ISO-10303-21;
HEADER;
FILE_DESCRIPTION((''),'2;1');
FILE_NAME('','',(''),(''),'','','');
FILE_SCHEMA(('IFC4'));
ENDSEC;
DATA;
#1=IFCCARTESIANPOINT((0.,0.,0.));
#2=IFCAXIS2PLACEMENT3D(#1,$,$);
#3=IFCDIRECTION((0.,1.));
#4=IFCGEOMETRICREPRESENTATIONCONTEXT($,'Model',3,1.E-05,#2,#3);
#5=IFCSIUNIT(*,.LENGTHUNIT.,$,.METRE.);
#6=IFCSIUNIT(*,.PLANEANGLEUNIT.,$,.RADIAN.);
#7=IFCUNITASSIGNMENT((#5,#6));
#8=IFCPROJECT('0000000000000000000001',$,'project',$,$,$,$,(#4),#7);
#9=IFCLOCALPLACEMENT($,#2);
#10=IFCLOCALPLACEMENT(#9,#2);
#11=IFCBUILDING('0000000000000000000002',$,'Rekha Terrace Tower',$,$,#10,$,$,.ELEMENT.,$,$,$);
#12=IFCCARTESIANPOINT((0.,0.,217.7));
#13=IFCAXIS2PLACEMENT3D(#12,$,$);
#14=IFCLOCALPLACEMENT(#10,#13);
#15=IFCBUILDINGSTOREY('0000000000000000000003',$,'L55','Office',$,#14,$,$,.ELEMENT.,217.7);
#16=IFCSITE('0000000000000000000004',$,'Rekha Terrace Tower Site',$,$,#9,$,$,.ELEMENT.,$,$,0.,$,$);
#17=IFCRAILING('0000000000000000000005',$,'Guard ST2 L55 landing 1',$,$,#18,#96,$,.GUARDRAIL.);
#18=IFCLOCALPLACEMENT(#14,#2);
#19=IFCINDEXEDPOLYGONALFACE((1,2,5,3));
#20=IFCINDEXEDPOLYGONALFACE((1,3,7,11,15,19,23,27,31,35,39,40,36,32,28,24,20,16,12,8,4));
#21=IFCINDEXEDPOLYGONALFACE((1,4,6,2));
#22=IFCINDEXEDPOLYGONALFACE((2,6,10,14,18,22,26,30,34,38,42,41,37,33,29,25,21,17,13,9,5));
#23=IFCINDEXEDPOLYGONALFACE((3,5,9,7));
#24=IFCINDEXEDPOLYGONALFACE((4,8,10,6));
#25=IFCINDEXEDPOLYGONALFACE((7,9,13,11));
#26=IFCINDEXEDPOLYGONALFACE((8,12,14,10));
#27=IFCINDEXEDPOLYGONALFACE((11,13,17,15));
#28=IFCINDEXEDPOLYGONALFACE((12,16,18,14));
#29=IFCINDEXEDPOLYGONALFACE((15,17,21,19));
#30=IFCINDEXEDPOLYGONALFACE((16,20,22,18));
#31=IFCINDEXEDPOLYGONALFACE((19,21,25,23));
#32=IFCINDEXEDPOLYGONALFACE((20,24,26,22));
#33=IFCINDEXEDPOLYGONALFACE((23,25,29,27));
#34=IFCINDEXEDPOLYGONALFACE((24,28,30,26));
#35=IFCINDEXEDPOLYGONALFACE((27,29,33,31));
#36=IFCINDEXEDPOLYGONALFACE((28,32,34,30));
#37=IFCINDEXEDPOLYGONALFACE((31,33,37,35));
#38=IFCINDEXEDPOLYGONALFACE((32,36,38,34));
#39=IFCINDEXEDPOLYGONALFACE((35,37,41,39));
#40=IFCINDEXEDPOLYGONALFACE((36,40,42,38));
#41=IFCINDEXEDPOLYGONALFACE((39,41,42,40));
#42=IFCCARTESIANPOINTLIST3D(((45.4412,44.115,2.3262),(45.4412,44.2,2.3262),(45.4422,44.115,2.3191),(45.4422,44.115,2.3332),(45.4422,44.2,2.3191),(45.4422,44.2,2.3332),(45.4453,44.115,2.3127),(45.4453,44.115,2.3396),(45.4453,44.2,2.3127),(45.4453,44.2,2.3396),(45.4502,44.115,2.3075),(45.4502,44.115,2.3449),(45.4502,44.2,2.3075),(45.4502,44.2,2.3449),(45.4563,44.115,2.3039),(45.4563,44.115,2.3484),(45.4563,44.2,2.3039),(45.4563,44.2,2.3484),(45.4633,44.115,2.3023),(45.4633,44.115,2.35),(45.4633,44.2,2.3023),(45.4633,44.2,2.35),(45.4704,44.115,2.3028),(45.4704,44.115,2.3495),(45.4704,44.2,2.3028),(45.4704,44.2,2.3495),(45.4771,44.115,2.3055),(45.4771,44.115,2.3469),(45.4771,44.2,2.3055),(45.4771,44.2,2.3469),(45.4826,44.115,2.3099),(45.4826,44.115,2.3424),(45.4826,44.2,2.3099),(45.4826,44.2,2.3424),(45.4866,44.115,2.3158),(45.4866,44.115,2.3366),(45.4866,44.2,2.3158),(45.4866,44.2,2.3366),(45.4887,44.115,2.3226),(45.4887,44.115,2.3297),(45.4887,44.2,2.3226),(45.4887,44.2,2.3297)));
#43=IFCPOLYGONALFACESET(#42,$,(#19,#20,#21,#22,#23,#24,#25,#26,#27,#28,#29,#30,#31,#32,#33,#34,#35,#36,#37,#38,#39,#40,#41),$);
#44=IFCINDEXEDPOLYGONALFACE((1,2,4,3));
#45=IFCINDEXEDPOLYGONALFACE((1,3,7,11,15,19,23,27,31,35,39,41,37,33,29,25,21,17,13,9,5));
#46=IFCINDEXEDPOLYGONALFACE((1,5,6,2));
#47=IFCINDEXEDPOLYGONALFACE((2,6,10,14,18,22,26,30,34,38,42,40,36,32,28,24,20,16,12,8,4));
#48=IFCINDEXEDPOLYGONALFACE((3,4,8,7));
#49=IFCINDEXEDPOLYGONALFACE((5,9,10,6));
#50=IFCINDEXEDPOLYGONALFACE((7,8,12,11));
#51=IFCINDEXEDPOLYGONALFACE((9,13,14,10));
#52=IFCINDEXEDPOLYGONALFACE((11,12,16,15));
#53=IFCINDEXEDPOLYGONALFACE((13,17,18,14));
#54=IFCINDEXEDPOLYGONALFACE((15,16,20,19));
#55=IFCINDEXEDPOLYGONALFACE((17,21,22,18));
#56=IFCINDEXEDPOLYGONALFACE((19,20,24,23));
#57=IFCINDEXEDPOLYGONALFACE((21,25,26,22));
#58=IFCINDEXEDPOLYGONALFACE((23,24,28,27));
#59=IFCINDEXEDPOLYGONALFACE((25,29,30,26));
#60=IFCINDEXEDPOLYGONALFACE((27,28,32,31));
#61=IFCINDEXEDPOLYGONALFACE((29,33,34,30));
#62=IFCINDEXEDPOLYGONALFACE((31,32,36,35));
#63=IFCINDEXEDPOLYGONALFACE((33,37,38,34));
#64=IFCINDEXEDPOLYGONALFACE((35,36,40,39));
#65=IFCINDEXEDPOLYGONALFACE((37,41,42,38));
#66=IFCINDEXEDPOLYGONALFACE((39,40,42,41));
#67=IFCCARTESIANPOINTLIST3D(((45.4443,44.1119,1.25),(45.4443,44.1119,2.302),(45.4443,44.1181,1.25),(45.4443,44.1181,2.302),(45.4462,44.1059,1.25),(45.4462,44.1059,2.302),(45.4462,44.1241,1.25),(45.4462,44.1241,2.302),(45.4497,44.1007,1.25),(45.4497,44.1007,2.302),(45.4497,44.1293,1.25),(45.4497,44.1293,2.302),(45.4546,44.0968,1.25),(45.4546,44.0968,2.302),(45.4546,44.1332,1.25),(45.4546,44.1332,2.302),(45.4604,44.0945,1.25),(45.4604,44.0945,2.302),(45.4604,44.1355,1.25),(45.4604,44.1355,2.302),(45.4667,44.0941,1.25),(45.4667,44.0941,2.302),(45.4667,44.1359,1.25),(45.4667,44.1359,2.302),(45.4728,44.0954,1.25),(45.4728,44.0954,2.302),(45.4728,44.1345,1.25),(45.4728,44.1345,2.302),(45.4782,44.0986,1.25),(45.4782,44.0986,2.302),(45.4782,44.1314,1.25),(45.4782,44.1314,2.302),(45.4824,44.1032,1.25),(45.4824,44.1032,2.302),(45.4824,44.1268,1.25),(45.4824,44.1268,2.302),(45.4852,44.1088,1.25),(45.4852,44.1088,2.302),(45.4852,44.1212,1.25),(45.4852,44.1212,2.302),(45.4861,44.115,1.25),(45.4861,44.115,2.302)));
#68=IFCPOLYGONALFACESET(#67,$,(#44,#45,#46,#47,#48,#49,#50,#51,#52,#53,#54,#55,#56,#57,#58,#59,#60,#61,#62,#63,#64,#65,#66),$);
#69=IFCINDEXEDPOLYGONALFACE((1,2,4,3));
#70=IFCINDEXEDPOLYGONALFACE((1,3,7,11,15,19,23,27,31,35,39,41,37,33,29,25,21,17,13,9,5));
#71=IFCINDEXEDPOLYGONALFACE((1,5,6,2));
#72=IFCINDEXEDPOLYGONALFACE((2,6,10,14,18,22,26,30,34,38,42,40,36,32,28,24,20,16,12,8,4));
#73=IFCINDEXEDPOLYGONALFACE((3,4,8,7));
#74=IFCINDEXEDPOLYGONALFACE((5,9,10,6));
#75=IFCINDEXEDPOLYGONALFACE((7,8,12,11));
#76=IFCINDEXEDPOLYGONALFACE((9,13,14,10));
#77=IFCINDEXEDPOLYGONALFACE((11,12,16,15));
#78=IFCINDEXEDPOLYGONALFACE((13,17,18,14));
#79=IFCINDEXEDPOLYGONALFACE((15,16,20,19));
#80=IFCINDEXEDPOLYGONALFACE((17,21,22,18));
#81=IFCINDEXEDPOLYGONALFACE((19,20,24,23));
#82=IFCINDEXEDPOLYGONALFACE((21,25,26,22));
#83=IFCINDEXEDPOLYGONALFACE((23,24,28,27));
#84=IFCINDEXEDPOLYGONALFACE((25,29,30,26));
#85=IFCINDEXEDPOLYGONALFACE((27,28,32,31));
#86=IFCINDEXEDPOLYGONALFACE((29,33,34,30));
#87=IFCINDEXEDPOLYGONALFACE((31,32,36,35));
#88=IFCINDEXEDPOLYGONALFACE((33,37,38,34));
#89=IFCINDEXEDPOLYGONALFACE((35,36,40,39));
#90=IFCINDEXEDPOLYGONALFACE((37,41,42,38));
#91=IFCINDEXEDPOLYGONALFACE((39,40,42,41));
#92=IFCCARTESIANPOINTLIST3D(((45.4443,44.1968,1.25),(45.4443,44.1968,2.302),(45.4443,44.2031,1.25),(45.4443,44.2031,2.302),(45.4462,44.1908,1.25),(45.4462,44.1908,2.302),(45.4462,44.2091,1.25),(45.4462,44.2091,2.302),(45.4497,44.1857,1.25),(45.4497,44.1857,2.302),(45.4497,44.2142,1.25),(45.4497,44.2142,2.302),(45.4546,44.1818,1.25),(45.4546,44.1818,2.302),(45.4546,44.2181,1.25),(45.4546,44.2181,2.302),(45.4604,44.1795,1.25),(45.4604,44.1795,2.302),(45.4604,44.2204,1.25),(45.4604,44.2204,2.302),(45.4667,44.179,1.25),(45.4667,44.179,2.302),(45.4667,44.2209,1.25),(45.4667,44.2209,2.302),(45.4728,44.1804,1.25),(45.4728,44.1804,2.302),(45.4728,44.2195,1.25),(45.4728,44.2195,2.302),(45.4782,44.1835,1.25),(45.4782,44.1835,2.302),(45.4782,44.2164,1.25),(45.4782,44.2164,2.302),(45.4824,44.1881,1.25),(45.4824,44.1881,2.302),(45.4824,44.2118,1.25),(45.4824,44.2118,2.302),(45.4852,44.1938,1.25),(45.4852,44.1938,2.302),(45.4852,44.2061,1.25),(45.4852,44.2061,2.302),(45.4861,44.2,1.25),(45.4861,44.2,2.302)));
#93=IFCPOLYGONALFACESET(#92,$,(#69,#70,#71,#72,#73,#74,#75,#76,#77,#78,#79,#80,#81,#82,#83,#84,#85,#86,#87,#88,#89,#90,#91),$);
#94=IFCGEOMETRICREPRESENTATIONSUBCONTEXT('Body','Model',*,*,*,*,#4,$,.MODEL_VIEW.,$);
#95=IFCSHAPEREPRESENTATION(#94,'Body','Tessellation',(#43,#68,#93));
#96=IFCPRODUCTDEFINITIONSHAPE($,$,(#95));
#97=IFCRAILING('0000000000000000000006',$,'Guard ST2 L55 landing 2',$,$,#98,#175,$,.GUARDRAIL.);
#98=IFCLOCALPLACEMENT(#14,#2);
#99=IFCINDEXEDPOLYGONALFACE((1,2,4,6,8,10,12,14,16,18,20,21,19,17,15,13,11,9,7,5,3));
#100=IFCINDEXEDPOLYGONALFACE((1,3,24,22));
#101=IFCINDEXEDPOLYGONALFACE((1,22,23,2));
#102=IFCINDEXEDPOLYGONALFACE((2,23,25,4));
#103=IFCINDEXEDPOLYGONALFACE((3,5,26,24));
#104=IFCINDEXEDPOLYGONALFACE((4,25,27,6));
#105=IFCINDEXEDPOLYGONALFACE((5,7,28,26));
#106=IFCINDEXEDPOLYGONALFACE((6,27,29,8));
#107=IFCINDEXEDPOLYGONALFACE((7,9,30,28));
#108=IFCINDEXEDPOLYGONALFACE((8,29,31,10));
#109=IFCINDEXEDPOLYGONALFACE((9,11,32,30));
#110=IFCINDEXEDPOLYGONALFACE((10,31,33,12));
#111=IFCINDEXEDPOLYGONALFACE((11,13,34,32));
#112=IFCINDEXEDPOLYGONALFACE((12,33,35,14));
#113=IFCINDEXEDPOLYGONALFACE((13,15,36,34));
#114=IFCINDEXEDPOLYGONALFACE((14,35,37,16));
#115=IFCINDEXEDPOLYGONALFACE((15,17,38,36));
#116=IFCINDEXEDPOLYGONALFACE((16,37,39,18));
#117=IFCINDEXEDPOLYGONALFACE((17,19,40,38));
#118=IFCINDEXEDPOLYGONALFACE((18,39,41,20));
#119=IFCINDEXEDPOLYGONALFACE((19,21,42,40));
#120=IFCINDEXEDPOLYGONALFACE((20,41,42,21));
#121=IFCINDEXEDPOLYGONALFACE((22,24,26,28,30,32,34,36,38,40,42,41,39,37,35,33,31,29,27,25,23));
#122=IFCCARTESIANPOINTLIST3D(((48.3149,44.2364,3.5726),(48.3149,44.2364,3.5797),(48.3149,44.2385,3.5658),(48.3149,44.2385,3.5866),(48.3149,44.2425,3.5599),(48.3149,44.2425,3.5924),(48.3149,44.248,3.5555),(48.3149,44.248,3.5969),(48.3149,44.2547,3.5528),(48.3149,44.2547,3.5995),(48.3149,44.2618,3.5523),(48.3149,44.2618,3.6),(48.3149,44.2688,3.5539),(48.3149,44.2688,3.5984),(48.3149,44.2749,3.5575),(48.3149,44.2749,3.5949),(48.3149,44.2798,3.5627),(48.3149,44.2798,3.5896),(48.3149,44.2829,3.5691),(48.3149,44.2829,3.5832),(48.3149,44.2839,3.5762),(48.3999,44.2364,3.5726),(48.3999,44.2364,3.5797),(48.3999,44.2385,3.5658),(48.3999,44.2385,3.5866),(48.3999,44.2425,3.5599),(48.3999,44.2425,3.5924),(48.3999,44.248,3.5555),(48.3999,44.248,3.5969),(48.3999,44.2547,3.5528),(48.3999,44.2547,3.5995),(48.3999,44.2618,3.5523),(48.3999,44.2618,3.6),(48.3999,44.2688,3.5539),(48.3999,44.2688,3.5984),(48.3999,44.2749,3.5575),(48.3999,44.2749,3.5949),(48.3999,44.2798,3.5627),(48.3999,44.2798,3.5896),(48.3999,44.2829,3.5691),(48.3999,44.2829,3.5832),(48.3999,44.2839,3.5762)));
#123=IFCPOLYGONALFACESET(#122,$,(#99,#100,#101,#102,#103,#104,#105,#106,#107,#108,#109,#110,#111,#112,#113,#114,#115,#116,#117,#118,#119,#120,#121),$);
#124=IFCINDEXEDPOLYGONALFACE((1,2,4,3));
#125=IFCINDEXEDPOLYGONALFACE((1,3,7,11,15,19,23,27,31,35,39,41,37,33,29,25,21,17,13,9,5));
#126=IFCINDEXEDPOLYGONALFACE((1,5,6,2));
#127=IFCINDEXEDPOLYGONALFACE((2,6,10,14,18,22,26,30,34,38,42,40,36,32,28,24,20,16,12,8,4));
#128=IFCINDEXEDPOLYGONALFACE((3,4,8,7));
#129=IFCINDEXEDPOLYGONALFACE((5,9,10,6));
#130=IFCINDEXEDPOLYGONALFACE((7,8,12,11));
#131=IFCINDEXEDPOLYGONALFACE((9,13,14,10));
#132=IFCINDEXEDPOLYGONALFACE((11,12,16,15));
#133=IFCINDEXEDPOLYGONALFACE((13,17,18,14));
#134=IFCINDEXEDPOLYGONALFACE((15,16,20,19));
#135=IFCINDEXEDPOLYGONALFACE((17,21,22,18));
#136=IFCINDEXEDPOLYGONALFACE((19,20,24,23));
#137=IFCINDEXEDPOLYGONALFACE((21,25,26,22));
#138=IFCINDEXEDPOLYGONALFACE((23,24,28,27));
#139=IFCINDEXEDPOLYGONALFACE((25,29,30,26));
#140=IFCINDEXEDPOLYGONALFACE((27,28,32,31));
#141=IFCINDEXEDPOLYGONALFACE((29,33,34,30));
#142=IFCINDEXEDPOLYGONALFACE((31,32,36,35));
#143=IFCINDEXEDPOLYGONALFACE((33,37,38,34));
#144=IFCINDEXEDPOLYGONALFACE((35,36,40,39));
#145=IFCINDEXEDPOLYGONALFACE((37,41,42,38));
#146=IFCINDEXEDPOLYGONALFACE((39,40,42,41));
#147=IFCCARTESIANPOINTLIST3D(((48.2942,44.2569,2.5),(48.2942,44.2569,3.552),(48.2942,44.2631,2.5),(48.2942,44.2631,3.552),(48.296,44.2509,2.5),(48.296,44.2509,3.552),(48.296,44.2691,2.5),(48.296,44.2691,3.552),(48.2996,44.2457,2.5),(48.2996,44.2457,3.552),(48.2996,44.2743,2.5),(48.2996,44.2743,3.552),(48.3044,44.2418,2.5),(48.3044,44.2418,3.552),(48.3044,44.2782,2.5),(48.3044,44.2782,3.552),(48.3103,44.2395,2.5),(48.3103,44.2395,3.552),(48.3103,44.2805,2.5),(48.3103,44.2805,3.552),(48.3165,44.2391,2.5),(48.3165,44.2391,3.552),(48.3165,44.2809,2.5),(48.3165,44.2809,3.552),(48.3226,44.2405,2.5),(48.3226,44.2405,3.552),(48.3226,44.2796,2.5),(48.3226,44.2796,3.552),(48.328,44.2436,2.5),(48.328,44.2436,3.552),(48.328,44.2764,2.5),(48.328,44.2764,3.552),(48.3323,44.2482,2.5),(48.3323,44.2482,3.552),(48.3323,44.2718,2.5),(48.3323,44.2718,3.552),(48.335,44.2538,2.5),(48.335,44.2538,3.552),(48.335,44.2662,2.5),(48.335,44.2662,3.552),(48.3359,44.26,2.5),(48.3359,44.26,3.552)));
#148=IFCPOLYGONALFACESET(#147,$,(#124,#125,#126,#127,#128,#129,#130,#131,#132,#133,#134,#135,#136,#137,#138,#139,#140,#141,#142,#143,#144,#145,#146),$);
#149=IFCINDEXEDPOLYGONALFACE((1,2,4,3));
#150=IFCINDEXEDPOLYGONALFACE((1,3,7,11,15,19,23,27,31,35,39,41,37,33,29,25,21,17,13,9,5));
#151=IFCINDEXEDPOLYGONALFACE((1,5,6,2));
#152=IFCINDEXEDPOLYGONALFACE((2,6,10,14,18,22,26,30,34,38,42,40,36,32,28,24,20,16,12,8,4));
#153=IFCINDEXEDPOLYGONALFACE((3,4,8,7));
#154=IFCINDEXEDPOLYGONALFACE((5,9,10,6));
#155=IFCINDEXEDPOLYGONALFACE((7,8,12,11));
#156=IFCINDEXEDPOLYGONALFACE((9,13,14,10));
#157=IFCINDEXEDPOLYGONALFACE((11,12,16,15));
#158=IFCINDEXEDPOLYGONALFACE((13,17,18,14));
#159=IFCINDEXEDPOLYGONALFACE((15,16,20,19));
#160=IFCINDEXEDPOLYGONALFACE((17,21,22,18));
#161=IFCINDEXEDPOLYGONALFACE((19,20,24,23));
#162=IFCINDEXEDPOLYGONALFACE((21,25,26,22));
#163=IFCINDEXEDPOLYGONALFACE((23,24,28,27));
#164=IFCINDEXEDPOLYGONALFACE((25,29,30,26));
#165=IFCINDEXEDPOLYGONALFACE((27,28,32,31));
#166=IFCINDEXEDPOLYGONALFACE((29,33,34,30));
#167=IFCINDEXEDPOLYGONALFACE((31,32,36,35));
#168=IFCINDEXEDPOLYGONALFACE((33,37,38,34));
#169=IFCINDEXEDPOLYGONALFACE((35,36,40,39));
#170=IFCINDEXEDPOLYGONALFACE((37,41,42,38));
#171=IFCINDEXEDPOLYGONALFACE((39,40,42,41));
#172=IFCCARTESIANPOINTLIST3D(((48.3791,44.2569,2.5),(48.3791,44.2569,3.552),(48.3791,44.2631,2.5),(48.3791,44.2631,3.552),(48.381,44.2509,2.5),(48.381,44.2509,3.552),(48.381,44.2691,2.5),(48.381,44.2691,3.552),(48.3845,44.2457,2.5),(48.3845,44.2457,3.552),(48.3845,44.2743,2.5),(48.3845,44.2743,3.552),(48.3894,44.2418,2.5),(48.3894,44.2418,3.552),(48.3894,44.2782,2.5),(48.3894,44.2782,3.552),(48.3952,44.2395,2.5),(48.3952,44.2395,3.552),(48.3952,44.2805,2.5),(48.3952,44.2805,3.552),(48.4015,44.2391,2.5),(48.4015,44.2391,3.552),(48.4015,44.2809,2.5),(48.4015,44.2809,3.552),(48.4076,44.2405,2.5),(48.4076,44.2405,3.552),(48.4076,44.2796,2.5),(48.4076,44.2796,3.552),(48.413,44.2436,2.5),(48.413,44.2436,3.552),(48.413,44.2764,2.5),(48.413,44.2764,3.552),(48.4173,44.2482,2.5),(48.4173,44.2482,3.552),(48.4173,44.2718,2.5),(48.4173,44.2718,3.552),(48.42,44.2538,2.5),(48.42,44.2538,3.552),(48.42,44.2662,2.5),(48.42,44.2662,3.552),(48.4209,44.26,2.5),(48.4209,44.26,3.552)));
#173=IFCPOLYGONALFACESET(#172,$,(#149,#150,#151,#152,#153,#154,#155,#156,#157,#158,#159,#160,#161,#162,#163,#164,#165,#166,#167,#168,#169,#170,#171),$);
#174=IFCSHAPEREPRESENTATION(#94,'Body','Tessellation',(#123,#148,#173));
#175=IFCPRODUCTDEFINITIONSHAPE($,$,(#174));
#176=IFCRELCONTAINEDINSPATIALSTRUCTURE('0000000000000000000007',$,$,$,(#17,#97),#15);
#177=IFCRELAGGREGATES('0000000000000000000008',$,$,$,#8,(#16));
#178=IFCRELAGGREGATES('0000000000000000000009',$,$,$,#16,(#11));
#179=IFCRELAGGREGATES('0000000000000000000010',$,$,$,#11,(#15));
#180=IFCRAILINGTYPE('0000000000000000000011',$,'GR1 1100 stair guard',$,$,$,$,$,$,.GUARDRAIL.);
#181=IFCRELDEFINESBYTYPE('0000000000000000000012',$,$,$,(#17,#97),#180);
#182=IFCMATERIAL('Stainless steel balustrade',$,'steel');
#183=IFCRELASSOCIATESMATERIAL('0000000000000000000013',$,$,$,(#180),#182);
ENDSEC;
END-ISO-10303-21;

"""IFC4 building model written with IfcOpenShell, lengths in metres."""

from ifc_helpers import new_model, si_unit, direction, frame, origin, origin_2d, place, context, subcontext, project, spatial, circle, extrude, material, type_object, element, save


model = new_model("IFC4")

# Units and contexts
model_context = context("Model", 3, precision=1e-05, world=origin(), true_north=direction((0.0, 1.0)))
body_context = subcontext(model_context, "Body", "Model", "MODEL_VIEW")
ifc_project = project(units=[si_unit("LENGTHUNIT", "METRE"), si_unit("PLANEANGLEUNIT", "RADIAN")], contexts=[model_context])

# Site, building, storey
site_placement = place(None, origin())
site = spatial("IfcSite", under=ifc_project, at=site_placement, Name="Rekha Terrace Tower Site", CompositionType="ELEMENT", RefElevation=0.0)
building_placement = place(site_placement, origin())
building = spatial("IfcBuilding", under=site, at=building_placement, Name="Rekha Terrace Tower", CompositionType="ELEMENT")
storey_placement = place(building_placement, frame((0.0, 0.0, 217.7)))
storey = spatial("IfcBuildingStorey", under=building, at=storey_placement, Name="L55", Description="Office", CompositionType="ELEMENT", Elevation=217.7)

# Railings
ifc_material_1 = material(Name="Stainless steel balustrade", Category="steel")
railing_type_1 = type_object("IfcRailingType", Name="GR1 1100 stair guard", PredefinedType="GUARDRAIL", material=ifc_material_1)
railing_1_placement = place(storey_placement, frame((45.4651, 44.115, 1.25)))
element("IfcRailing", 1, at=railing_1_placement, inside=storey, type_object=railing_type_1, Name="Guard ST2 L55 landing 1", PredefinedType="GUARDRAIL", context=body_context, shape_type="SweptSolid", body=[
    extrude(circle(Radius=0.0239, at=origin_2d()), frame((0.0, 0.0, 1.0762), z_axis=(0.0, 1.0, 0.0), x_axis=(-1.0, 0.0, 0.0)), (0.0, 0.0, 1.0), 0.085),
    extrude(circle(Radius=0.021, at=origin_2d()), origin(), (0.0, 0.0, 1.0), 1.052),
    extrude(circle(Radius=0.021, at=origin_2d()), frame((0.0, 0.085, 0.0)), (0.0, 0.0, 1.0), 1.052),
])
railing_2_placement = place(storey_placement, frame((48.3149, 44.26, 2.5)))
element("IfcRailing", 2, at=railing_2_placement, inside=storey, type_object=railing_type_1, Name="Guard ST2 L55 landing 2", PredefinedType="GUARDRAIL", context=body_context, shape_type="SweptSolid", body=[
    extrude(circle(Radius=0.0239, at=origin_2d()), frame((0.0, 0.0, 1.0762), z_axis=(1.0, 0.0, 0.0), x_axis=(0.0, 1.0, 0.0)), (0.0, 0.0, 1.0), 0.085),
    extrude(circle(Radius=0.021, at=origin_2d()), origin(), (0.0, 0.0, 1.0), 1.052),
    extrude(circle(Radius=0.021, at=origin_2d()), frame((0.085, 0.0, 0.0)), (0.0, 0.0, 1.0), 1.052),
])

save(model, "model.ifc")
